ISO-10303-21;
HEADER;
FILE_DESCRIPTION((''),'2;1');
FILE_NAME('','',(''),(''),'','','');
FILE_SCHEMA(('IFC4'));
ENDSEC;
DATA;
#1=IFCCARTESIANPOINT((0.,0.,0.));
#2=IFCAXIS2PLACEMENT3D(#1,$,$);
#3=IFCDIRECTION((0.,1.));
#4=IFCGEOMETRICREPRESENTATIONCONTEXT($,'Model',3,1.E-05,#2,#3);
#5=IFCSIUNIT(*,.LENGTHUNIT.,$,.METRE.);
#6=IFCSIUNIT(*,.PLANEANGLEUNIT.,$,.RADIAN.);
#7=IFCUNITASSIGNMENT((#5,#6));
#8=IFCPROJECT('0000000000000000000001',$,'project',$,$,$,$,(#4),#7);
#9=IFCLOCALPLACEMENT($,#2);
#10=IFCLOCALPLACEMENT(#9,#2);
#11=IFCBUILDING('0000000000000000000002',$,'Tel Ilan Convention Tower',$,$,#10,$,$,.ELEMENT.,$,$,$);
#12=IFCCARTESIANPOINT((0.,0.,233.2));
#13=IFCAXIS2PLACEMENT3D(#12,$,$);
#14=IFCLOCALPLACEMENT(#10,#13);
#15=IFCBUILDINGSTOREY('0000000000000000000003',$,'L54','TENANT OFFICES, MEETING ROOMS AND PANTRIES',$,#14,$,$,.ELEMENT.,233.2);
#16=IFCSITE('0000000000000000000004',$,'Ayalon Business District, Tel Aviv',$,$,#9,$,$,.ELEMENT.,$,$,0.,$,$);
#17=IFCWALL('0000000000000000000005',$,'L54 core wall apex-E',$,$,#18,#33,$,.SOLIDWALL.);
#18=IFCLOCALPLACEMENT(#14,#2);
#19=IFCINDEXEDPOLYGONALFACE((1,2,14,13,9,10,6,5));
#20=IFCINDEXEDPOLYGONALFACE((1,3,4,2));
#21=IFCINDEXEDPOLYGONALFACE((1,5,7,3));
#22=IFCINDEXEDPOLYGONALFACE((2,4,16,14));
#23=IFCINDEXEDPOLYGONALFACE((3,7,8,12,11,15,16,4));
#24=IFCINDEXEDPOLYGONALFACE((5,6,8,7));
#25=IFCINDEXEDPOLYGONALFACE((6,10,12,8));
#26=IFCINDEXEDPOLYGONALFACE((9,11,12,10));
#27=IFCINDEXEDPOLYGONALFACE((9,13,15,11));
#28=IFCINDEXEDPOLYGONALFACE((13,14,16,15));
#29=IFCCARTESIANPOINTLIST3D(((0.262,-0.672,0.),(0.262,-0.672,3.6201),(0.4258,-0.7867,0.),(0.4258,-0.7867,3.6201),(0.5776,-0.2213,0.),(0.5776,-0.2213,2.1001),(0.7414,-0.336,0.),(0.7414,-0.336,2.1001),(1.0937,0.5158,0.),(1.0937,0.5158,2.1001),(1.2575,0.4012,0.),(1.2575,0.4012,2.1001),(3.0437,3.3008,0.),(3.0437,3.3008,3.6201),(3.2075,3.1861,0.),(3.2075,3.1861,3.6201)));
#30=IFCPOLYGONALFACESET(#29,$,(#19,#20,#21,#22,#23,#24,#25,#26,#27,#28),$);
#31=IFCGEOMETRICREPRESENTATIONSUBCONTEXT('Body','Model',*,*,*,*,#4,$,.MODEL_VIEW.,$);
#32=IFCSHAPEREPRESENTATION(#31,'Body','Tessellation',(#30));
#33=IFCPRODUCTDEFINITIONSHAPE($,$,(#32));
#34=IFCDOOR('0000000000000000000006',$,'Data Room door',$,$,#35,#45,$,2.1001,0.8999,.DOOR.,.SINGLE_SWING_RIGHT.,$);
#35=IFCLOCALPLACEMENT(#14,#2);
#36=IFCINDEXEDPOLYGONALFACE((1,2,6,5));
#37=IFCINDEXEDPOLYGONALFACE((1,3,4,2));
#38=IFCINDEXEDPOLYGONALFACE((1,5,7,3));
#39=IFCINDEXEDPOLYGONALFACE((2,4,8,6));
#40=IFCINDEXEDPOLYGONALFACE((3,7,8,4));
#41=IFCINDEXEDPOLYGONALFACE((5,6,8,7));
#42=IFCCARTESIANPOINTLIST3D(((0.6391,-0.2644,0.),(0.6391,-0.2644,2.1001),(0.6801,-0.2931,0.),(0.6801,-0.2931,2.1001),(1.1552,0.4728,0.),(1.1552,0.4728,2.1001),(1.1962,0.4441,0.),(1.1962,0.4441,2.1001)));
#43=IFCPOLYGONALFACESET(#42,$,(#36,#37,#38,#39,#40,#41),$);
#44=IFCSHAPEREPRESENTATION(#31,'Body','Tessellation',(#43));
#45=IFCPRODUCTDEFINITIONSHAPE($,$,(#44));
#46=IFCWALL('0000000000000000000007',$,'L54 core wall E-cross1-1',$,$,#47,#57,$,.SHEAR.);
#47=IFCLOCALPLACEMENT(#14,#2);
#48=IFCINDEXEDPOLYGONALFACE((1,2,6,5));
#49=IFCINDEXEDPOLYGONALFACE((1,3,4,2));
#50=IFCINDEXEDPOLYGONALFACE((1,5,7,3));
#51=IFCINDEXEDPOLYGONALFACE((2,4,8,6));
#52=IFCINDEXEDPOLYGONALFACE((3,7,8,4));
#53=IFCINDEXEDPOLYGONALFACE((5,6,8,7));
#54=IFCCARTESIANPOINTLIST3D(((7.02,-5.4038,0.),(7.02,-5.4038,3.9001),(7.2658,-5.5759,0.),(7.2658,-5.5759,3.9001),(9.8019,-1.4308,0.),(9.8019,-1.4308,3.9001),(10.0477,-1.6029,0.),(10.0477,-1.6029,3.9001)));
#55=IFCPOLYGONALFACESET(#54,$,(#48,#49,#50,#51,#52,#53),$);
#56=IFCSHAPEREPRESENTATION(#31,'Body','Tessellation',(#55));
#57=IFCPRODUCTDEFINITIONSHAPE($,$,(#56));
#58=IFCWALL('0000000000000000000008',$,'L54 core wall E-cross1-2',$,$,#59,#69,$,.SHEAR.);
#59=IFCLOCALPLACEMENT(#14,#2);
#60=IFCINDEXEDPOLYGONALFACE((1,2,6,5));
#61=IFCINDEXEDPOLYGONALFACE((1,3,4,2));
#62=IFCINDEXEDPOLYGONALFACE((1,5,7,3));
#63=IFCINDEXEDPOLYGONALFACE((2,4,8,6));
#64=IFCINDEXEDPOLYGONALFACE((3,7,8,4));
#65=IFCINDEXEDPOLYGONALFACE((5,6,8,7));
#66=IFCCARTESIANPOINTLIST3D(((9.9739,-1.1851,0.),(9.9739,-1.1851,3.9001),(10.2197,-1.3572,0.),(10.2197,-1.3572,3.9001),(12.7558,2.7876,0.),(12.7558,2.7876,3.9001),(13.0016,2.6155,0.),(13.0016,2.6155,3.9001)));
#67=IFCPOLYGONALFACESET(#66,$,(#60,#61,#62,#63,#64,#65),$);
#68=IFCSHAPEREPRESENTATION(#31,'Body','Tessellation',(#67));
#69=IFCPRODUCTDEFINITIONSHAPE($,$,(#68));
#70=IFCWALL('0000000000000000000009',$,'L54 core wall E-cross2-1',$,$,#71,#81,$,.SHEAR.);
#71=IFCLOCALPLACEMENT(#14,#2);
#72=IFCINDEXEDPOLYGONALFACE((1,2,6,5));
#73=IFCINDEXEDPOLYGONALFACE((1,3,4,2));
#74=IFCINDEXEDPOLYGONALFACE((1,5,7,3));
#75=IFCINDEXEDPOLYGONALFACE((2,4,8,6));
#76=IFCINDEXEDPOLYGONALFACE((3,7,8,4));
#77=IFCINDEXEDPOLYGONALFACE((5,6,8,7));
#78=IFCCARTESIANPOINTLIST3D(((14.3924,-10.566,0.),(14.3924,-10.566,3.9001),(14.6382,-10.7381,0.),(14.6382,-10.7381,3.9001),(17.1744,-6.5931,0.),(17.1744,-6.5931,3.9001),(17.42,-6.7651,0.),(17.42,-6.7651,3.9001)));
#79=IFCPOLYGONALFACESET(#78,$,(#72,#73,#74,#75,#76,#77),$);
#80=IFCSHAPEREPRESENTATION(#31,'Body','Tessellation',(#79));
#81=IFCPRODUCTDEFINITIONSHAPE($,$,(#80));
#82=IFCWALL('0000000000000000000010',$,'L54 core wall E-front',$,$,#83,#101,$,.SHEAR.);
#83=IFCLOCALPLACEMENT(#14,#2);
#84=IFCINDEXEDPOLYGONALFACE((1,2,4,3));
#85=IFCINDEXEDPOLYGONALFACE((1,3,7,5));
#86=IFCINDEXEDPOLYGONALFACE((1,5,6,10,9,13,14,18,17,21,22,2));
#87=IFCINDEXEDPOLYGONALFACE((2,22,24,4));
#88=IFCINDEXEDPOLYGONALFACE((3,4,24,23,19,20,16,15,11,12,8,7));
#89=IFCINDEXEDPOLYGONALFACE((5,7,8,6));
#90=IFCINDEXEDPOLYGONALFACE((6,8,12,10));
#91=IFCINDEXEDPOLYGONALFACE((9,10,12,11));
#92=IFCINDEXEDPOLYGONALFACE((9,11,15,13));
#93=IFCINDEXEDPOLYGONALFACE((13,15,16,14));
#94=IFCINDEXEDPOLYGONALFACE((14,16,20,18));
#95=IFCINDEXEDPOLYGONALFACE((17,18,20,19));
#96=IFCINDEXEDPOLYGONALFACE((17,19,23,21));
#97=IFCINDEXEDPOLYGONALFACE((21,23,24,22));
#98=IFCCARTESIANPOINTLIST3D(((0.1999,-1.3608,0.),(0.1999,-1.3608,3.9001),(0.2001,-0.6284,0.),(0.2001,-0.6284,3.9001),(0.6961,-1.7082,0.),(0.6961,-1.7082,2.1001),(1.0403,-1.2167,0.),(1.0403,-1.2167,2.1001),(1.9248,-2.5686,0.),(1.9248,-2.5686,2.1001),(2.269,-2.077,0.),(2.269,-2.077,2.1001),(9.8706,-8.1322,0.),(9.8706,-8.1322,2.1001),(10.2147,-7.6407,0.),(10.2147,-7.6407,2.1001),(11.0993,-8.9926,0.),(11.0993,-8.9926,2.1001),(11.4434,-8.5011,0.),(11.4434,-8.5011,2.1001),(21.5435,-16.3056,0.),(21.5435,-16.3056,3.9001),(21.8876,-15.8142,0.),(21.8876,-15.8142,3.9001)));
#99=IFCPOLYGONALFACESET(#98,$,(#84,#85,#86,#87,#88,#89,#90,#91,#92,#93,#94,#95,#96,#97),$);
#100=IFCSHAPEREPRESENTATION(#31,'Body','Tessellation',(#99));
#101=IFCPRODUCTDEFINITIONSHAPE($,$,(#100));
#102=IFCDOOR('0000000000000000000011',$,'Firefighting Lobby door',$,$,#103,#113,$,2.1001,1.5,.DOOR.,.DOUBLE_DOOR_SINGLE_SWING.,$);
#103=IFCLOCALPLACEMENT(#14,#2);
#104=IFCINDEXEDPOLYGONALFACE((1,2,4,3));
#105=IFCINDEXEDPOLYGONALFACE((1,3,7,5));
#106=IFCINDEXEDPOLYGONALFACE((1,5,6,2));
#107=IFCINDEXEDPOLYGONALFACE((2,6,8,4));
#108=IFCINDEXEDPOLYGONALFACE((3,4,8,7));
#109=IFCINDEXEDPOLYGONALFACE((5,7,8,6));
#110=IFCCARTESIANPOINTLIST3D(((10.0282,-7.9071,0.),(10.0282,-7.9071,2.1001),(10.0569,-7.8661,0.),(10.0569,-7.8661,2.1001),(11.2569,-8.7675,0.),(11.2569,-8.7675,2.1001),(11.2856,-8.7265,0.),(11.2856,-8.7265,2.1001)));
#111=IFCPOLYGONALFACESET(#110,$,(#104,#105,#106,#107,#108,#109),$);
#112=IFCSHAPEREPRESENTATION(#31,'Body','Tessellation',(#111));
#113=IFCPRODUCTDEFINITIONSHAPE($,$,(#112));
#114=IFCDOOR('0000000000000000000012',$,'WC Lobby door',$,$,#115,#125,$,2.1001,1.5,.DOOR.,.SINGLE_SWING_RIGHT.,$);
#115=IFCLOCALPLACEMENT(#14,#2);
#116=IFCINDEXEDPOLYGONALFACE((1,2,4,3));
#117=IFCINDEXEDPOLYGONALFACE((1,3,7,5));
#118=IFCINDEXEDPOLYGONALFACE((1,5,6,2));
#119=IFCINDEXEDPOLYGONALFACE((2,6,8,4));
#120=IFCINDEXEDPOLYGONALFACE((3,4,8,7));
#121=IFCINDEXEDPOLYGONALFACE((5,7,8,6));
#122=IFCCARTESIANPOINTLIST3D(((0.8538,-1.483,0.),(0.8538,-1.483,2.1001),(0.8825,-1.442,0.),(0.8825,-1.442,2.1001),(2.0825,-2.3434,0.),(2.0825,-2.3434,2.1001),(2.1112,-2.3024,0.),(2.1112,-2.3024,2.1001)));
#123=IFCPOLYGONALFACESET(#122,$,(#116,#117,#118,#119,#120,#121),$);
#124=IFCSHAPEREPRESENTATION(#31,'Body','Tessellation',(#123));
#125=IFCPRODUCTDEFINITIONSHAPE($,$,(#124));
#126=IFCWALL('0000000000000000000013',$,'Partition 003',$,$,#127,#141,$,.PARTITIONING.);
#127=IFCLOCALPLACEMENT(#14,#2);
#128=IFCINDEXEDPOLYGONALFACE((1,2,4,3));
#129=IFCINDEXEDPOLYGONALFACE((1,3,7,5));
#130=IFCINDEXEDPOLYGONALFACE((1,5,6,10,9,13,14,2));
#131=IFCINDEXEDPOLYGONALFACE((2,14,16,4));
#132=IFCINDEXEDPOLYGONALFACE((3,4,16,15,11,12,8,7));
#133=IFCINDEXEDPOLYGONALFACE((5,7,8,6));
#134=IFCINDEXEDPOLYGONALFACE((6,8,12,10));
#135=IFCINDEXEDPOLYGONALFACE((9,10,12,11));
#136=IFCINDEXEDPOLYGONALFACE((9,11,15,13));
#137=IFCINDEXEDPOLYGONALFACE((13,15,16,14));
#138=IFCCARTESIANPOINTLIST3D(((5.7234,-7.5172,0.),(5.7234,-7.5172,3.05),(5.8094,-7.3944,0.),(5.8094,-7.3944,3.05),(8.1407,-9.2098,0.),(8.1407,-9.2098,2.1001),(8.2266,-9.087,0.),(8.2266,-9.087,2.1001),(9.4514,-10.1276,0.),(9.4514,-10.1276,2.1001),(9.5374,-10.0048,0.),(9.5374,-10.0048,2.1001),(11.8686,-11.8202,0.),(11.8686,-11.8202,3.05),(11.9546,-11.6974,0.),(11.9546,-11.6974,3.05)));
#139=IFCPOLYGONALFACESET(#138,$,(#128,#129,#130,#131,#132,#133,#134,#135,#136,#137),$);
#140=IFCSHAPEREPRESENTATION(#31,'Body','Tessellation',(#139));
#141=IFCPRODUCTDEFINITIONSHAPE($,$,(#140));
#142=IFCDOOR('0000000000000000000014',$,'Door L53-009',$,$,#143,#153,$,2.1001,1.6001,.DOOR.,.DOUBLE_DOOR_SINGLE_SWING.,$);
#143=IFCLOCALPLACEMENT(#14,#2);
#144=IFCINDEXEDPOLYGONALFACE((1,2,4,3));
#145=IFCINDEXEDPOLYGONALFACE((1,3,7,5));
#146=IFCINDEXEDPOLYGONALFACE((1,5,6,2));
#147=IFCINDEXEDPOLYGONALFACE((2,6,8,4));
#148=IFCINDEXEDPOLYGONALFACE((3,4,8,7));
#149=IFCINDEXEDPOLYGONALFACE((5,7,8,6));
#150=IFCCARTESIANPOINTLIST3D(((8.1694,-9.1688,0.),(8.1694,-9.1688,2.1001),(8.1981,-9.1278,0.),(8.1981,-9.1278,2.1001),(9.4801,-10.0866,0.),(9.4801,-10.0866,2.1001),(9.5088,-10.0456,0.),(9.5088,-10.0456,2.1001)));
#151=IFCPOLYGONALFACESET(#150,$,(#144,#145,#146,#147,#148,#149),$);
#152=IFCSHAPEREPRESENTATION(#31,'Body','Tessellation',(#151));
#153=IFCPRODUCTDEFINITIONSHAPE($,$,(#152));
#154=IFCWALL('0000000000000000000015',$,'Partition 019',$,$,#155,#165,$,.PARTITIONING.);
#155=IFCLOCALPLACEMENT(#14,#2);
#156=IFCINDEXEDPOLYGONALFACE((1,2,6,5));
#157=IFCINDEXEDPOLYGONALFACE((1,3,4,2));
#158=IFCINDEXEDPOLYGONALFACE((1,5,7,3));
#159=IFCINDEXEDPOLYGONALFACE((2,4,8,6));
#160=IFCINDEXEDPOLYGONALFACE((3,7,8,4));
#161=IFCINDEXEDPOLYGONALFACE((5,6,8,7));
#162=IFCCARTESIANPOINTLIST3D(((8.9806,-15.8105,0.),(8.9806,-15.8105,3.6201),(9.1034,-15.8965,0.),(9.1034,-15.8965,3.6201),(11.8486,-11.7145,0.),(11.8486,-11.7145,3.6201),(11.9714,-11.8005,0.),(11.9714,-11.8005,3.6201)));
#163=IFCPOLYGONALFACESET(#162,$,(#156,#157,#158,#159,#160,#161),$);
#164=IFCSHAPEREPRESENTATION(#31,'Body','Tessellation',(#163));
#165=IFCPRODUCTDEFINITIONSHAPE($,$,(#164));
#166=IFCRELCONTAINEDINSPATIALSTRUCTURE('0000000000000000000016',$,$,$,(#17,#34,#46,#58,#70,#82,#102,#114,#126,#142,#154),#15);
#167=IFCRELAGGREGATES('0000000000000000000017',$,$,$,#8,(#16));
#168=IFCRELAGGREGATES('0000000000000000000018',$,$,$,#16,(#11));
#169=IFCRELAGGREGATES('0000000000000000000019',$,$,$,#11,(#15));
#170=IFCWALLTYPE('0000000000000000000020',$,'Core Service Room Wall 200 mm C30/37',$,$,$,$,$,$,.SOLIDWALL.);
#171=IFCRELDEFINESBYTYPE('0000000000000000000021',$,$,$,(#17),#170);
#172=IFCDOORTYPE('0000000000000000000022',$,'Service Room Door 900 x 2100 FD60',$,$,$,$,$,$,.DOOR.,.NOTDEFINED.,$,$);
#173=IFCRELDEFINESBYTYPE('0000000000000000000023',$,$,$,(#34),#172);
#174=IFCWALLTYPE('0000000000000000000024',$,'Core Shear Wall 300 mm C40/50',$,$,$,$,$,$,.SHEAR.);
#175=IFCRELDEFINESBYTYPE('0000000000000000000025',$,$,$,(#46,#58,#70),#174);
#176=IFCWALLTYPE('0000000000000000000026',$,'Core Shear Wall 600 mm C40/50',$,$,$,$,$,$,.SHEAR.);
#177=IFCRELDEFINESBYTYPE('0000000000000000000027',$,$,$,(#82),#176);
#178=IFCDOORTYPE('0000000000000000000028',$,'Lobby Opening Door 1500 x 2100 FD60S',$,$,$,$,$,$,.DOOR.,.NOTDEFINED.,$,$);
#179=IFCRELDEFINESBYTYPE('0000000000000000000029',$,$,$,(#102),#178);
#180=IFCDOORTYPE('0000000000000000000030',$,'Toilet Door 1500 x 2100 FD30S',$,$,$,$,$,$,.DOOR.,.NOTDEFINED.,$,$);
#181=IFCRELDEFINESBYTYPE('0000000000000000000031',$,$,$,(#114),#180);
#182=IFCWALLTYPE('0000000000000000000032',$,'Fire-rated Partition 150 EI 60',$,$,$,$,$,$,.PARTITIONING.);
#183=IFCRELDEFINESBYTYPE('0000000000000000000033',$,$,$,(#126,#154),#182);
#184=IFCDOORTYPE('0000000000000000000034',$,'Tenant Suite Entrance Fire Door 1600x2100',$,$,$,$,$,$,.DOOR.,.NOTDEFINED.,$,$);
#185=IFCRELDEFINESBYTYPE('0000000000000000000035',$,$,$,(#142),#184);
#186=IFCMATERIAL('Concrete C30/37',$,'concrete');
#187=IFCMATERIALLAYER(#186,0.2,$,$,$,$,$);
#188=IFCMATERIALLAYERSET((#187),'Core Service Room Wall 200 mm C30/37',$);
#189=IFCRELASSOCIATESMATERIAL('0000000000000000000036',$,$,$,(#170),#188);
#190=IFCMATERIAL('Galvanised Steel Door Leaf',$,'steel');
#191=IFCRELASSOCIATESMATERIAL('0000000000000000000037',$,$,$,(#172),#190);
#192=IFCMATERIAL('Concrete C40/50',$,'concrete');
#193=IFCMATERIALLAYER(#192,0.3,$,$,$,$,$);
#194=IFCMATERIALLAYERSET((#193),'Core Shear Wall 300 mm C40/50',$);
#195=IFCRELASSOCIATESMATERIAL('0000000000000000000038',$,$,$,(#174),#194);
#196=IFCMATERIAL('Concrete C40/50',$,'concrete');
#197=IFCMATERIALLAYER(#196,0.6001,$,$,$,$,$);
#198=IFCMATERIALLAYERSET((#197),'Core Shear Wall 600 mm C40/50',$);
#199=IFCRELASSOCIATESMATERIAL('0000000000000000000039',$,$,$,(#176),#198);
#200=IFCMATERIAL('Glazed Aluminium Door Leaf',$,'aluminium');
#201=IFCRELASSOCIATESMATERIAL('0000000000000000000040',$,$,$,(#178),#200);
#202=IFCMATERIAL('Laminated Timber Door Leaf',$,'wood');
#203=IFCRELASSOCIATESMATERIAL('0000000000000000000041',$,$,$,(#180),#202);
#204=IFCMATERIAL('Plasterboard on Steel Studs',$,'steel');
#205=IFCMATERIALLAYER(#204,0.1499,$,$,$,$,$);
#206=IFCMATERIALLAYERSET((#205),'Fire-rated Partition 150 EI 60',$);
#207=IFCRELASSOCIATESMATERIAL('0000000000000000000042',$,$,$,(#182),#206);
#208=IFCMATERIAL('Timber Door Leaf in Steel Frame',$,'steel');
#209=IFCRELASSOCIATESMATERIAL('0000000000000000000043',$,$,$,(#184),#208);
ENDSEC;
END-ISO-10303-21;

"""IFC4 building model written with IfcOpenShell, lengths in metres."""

from ifc_helpers import new_model, si_unit, direction, frame, frame_2d, origin, place, context, subcontext, project, spatial, polyline, rectangle, outline, extrude, material, layer, layer_set, type_object, element, fill, save


model = new_model("IFC4")

# Units and contexts
model_context = context("Model", 3, precision=1e-05, world=origin(), true_north=direction((0.0, 1.0)))
body_context = subcontext(model_context, "Body", "Model", "MODEL_VIEW")
ifc_project = project(units=[si_unit("LENGTHUNIT", "METRE"), si_unit("PLANEANGLEUNIT", "RADIAN")], contexts=[model_context])

# Site, building, storey
site_placement = place(None, origin())
site = spatial("IfcSite", under=ifc_project, at=site_placement, Name="Ayalon Business District, Tel Aviv", CompositionType="ELEMENT", RefElevation=0.0)
building_placement = place(site_placement, origin())
building = spatial("IfcBuilding", under=site, at=building_placement, Name="Tel Ilan Convention Tower", CompositionType="ELEMENT")
storey_placement = place(building_placement, frame((0.0, 0.0, 233.2)))
storey = spatial("IfcBuildingStorey", under=building, at=storey_placement, Name="L54", Description="TENANT OFFICES, MEETING ROOMS AND PANTRIES", CompositionType="ELEMENT", Elevation=233.2)

# Wall, opening, door
ifc_material_1 = material(Name="Concrete C30/37", Category="concrete")
ifc_layer_1 = layer(ifc_material_1, 0.2)
ifc_layer_set_1 = layer_set([ifc_layer_1], Name="Core Service Room Wall 200 mm C30/37")
wall_type_1 = type_object("IfcWallType", Name="Core Service Room Wall 200 mm C30/37", PredefinedType="SOLIDWALL", material=ifc_layer_set_1)
wall_1_placement = place(storey_placement, frame((0.344, -0.7292, 0.0), z_axis=(0.0, 0.0, 1.0), x_axis=(0.57356, 0.819163, 0.0)))
wall_1 = element("IfcWall", 1, at=wall_1_placement, inside=storey, type_object=wall_type_1, Name="L54 core wall apex-E", PredefinedType="SOLIDWALL", context=body_context, shape_type="SweptSolid", body=[
    extrude(rectangle(XDim=4.8499, YDim=0.2, at=frame_2d((2.4248, 0.0))), origin(), (0.0, 0.0, 1.0), 3.6201),
])
opening_1_placement = place(wall_1_placement, frame((0.55, 0.0, 0.0)))
opening_1 = element("IfcOpeningElement", 2, at=opening_1_placement, cuts=wall_1, PredefinedType="OPENING", context=body_context, shape_type="SweptSolid", body=[
    extrude(rectangle(XDim=0.8999, YDim=2.1001, at=frame_2d((0.45, 1.05))), frame((0.0, 0.1099, 0.0), z_axis=(0.0, -1.0, 0.0), x_axis=(1.0, 0.0, 0.0)), (0.0, 0.0, 1.0), 0.22),
])
ifc_material_2 = material(Name="Galvanised Steel Door Leaf", Category="steel")
door_type_1 = type_object("IfcDoorType", Name="Service Room Door 900 x 2100 FD60", OperationType="NOTDEFINED", PredefinedType="DOOR", material=ifc_material_2)
door_1_placement = place(opening_1_placement, origin())
door_1 = element("IfcDoor", 3, at=door_1_placement, inside=storey, type_object=door_type_1, Name="Data Room door", OperationType="SINGLE_SWING_RIGHT", OverallHeight=2.1001, OverallWidth=0.8999, PredefinedType="DOOR", context=body_context, shape_type="SweptSolid", body=[
    extrude(rectangle(XDim=0.8999, YDim=2.1001, at=frame_2d((0.45, 1.05))), frame((0.0, 0.0249, 0.0), z_axis=(0.0, -1.0, 0.0), x_axis=(1.0, 0.0, 0.0)), (0.0, 0.0, 1.0), 0.05),
])
fill(opening_1, door_1)

# Walls
ifc_material_3 = material(Name="Concrete C40/50", Category="concrete")
ifc_layer_2 = layer(ifc_material_3, 0.3)
ifc_layer_set_2 = layer_set([ifc_layer_2], Name="Core Shear Wall 300 mm C40/50")
wall_type_2 = type_object("IfcWallType", Name="Core Shear Wall 300 mm C40/50", PredefinedType="SHEAR", material=ifc_layer_set_2)
wall_2_placement = place(storey_placement, frame((7.1428, -5.4897, 0.0), z_axis=(0.0, 0.0, 1.0), x_axis=(0.573618, 0.819123, 0.0)))
element("IfcWall", 4, at=wall_2_placement, inside=storey, type_object=wall_type_2, Name="L54 core wall E-cross1-1", PredefinedType="SHEAR", context=body_context, shape_type="SweptSolid", body=[
    extrude(outline(polyline([(0.0, 0.1499), (0.0, -0.1501), (4.8501, -0.1499), (4.8501, 0.1501), (0.0, 0.1499)])), origin(), (0.0, 0.0, 1.0), 3.9001),
])
wall_3_placement = place(storey_placement, frame((10.0969, -1.2712, 0.0), z_axis=(0.0, 0.0, 1.0), x_axis=(0.57356, 0.819163, 0.0)))
element("IfcWall", 5, at=wall_3_placement, inside=storey, type_object=wall_type_2, Name="L54 core wall E-cross1-2", PredefinedType="SHEAR", context=body_context, shape_type="SweptSolid", body=[
    extrude(outline(polyline([(4.8499, -0.1501), (4.8499, 0.1499), (0.0, 0.1501), (0.0, -0.1499), (4.8499, -0.1501)])), origin(), (0.0, 0.0, 1.0), 3.9001),
])
wall_4_placement = place(storey_placement, frame((14.5154, -10.6521, 0.0), z_axis=(0.0, 0.0, 1.0), x_axis=(0.57356, 0.819163, 0.0)))
element("IfcWall", 6, at=wall_4_placement, inside=storey, type_object=wall_type_2, Name="L54 core wall E-cross2-1", PredefinedType="SHEAR", context=body_context, shape_type="SweptSolid", body=[
    extrude(outline(polyline([(0.0, 0.1501), (0.0, -0.1499), (4.8501, -0.1499), (4.8501, 0.1499), (0.0, 0.1501)])), origin(), (0.0, 0.0, 1.0), 3.9001),
])

# Wall, openings, doors
ifc_material_4 = material(Name="Concrete C40/50", Category="concrete")
ifc_layer_3 = layer(ifc_material_4, 0.6001)
ifc_layer_set_3 = layer_set([ifc_layer_3], Name="Core Shear Wall 600 mm C40/50")
wall_type_3 = type_object("IfcWallType", Name="Core Shear Wall 600 mm C40/50", PredefinedType="SHEAR", material=ifc_layer_set_3)
wall_5_placement = place(storey_placement, frame((0.0278, -0.874, 0.0), z_axis=(0.0, 0.0, 1.0), x_axis=(0.81915, -0.573579, 0.0)))
wall_5 = element("IfcWall", 7, at=wall_5_placement, inside=storey, type_object=wall_type_3, Name="L54 core wall E-front", PredefinedType="SHEAR", context=body_context, shape_type="SweptSolid", body=[
    extrude(outline(polyline([(26.4758, 0.3), (0.0002, 0.3), (0.4202, -0.3), (26.4758, -0.2998), (26.4758, 0.3)])), origin(), (0.0, 0.0, 1.0), 3.9001),
])
opening_2_placement = place(wall_5_placement, frame((1.0259, 0.0, 0.0)))
opening_2 = element("IfcOpeningElement", 8, at=opening_2_placement, cuts=wall_5, PredefinedType="OPENING", context=body_context, shape_type="SweptSolid", body=[
    extrude(rectangle(XDim=1.5, YDim=2.1001, at=frame_2d((0.75, 1.05))), frame((0.0, 0.3101, 0.0), z_axis=(0.0, -1.0, 0.0), x_axis=(1.0, 0.0, 0.0)), (0.0, 0.0, 1.0), 0.6201),
])
opening_3_placement = place(wall_5_placement, frame((12.2258, 0.0, 0.0)))
opening_3 = element("IfcOpeningElement", 9, at=opening_3_placement, cuts=wall_5, PredefinedType="OPENING", context=body_context, shape_type="SweptSolid", body=[
    extrude(rectangle(XDim=1.5, YDim=2.1001, at=frame_2d((0.75, 1.05))), frame((0.0, 0.3101, 0.0), z_axis=(0.0, -1.0, 0.0), x_axis=(1.0, 0.0, 0.0)), (0.0, 0.0, 1.0), 0.6201),
])
ifc_material_5 = material(Name="Glazed Aluminium Door Leaf", Category="aluminium")
door_type_2 = type_object("IfcDoorType", Name="Lobby Opening Door 1500 x 2100 FD60S", OperationType="NOTDEFINED", PredefinedType="DOOR", material=ifc_material_5)
door_2_placement = place(opening_3_placement, origin())
door_2 = element("IfcDoor", 10, at=door_2_placement, inside=storey, type_object=door_type_2, Name="Firefighting Lobby door", OperationType="DOUBLE_DOOR_SINGLE_SWING", OverallHeight=2.1001, OverallWidth=1.5, PredefinedType="DOOR", context=body_context, shape_type="SweptSolid", body=[
    extrude(rectangle(XDim=1.5, YDim=2.1001, at=frame_2d((0.75, 1.05))), frame((0.0, 0.0249, 0.0), z_axis=(0.0, -1.0, 0.0), x_axis=(1.0, 0.0, 0.0)), (0.0, 0.0, 1.0), 0.05),
])
fill(opening_3, door_2)
ifc_material_6 = material(Name="Laminated Timber Door Leaf", Category="wood")
door_type_3 = type_object("IfcDoorType", Name="Toilet Door 1500 x 2100 FD30S", OperationType="NOTDEFINED", PredefinedType="DOOR", material=ifc_material_6)
door_3_placement = place(opening_2_placement, origin())
door_3 = element("IfcDoor", 11, at=door_3_placement, inside=storey, type_object=door_type_3, Name="WC Lobby door", OperationType="SINGLE_SWING_RIGHT", OverallHeight=2.1001, OverallWidth=1.5, PredefinedType="DOOR", context=body_context, shape_type="SweptSolid", body=[
    extrude(rectangle(XDim=1.5, YDim=2.1001, at=frame_2d((0.75, 1.05))), frame((0.0, 0.0249, 0.0), z_axis=(0.0, -1.0, 0.0), x_axis=(1.0, 0.0, 0.0)), (0.0, 0.0, 1.0), 0.05),
])
fill(opening_2, door_3)

# Wall, opening, door
ifc_material_7 = material(Name="Plasterboard on Steel Studs", Category="steel")
ifc_layer_4 = layer(ifc_material_7, 0.1499)
ifc_layer_set_4 = layer_set([ifc_layer_4], Name="Fire-rated Partition 150 EI 60")
wall_type_4 = type_object("IfcWallType", Name="Fire-rated Partition 150 EI 60", PredefinedType="PARTITIONING", material=ifc_layer_set_4)
wall_6_placement = place(storey_placement, frame((11.9116, -11.7588, 0.0), z_axis=(0.0, 0.0, 1.0), x_axis=(-0.819151, 0.573578, 0.0)))
wall_6 = element("IfcWall", 12, at=wall_6_placement, inside=storey, type_object=wall_type_4, Name="Partition 003", PredefinedType="PARTITIONING", context=body_context, shape_type="SweptSolid", body=[
    extrude(rectangle(XDim=7.502, YDim=0.1499, at=frame_2d((3.751, 0.0))), origin(), (0.0, 0.0, 1.0), 3.05),
])
opening_4_placement = place(wall_6_placement, frame((2.9509, 0.0, 0.0)))
opening_4 = element("IfcOpeningElement", 13, at=opening_4_placement, cuts=wall_6, PredefinedType="OPENING", context=body_context, shape_type="SweptSolid", body=[
    extrude(rectangle(XDim=1.6001, YDim=2.1001, at=frame_2d((0.8, 1.05))), frame((0.0, 0.085, 0.0), z_axis=(0.0, -1.0, 0.0), x_axis=(1.0, 0.0, 0.0)), (0.0, 0.0, 1.0), 0.1699),
])
ifc_material_8 = material(Name="Timber Door Leaf in Steel Frame", Category="steel")
door_type_4 = type_object("IfcDoorType", Name="Tenant Suite Entrance Fire Door 1600x2100", OperationType="NOTDEFINED", PredefinedType="DOOR", material=ifc_material_8)
door_4_placement = place(opening_4_placement, origin())
door_4 = element("IfcDoor", 14, at=door_4_placement, inside=storey, type_object=door_type_4, Name="Door L53-009", OperationType="DOUBLE_DOOR_SINGLE_SWING", OverallHeight=2.1001, OverallWidth=1.6001, PredefinedType="DOOR", context=body_context, shape_type="SweptSolid", body=[
    extrude(rectangle(XDim=1.6001, YDim=2.1001, at=frame_2d((0.8, 1.05))), frame((0.0, 0.0249, 0.0), z_axis=(0.0, -1.0, 0.0), x_axis=(1.0, 0.0, 0.0)), (0.0, 0.0, 1.0), 0.05),
])
fill(opening_4, door_4)

# Wall
wall_7_placement = place(storey_placement, frame((11.9099, -11.7576, 0.0), z_axis=(0.0, 0.0, 1.0), x_axis=(-0.573564, -0.819161, 0.0)))
element("IfcWall", 15, at=wall_7_placement, inside=storey, type_object=wall_type_4, Name="Partition 019", PredefinedType="PARTITIONING", context=body_context, shape_type="SweptSolid", body=[
    extrude(rectangle(XDim=5.0002, YDim=0.1499, at=frame_2d((2.5, 0.0))), origin(), (0.0, 0.0, 1.0), 3.6201),
])

save(model, "model.ifc")
